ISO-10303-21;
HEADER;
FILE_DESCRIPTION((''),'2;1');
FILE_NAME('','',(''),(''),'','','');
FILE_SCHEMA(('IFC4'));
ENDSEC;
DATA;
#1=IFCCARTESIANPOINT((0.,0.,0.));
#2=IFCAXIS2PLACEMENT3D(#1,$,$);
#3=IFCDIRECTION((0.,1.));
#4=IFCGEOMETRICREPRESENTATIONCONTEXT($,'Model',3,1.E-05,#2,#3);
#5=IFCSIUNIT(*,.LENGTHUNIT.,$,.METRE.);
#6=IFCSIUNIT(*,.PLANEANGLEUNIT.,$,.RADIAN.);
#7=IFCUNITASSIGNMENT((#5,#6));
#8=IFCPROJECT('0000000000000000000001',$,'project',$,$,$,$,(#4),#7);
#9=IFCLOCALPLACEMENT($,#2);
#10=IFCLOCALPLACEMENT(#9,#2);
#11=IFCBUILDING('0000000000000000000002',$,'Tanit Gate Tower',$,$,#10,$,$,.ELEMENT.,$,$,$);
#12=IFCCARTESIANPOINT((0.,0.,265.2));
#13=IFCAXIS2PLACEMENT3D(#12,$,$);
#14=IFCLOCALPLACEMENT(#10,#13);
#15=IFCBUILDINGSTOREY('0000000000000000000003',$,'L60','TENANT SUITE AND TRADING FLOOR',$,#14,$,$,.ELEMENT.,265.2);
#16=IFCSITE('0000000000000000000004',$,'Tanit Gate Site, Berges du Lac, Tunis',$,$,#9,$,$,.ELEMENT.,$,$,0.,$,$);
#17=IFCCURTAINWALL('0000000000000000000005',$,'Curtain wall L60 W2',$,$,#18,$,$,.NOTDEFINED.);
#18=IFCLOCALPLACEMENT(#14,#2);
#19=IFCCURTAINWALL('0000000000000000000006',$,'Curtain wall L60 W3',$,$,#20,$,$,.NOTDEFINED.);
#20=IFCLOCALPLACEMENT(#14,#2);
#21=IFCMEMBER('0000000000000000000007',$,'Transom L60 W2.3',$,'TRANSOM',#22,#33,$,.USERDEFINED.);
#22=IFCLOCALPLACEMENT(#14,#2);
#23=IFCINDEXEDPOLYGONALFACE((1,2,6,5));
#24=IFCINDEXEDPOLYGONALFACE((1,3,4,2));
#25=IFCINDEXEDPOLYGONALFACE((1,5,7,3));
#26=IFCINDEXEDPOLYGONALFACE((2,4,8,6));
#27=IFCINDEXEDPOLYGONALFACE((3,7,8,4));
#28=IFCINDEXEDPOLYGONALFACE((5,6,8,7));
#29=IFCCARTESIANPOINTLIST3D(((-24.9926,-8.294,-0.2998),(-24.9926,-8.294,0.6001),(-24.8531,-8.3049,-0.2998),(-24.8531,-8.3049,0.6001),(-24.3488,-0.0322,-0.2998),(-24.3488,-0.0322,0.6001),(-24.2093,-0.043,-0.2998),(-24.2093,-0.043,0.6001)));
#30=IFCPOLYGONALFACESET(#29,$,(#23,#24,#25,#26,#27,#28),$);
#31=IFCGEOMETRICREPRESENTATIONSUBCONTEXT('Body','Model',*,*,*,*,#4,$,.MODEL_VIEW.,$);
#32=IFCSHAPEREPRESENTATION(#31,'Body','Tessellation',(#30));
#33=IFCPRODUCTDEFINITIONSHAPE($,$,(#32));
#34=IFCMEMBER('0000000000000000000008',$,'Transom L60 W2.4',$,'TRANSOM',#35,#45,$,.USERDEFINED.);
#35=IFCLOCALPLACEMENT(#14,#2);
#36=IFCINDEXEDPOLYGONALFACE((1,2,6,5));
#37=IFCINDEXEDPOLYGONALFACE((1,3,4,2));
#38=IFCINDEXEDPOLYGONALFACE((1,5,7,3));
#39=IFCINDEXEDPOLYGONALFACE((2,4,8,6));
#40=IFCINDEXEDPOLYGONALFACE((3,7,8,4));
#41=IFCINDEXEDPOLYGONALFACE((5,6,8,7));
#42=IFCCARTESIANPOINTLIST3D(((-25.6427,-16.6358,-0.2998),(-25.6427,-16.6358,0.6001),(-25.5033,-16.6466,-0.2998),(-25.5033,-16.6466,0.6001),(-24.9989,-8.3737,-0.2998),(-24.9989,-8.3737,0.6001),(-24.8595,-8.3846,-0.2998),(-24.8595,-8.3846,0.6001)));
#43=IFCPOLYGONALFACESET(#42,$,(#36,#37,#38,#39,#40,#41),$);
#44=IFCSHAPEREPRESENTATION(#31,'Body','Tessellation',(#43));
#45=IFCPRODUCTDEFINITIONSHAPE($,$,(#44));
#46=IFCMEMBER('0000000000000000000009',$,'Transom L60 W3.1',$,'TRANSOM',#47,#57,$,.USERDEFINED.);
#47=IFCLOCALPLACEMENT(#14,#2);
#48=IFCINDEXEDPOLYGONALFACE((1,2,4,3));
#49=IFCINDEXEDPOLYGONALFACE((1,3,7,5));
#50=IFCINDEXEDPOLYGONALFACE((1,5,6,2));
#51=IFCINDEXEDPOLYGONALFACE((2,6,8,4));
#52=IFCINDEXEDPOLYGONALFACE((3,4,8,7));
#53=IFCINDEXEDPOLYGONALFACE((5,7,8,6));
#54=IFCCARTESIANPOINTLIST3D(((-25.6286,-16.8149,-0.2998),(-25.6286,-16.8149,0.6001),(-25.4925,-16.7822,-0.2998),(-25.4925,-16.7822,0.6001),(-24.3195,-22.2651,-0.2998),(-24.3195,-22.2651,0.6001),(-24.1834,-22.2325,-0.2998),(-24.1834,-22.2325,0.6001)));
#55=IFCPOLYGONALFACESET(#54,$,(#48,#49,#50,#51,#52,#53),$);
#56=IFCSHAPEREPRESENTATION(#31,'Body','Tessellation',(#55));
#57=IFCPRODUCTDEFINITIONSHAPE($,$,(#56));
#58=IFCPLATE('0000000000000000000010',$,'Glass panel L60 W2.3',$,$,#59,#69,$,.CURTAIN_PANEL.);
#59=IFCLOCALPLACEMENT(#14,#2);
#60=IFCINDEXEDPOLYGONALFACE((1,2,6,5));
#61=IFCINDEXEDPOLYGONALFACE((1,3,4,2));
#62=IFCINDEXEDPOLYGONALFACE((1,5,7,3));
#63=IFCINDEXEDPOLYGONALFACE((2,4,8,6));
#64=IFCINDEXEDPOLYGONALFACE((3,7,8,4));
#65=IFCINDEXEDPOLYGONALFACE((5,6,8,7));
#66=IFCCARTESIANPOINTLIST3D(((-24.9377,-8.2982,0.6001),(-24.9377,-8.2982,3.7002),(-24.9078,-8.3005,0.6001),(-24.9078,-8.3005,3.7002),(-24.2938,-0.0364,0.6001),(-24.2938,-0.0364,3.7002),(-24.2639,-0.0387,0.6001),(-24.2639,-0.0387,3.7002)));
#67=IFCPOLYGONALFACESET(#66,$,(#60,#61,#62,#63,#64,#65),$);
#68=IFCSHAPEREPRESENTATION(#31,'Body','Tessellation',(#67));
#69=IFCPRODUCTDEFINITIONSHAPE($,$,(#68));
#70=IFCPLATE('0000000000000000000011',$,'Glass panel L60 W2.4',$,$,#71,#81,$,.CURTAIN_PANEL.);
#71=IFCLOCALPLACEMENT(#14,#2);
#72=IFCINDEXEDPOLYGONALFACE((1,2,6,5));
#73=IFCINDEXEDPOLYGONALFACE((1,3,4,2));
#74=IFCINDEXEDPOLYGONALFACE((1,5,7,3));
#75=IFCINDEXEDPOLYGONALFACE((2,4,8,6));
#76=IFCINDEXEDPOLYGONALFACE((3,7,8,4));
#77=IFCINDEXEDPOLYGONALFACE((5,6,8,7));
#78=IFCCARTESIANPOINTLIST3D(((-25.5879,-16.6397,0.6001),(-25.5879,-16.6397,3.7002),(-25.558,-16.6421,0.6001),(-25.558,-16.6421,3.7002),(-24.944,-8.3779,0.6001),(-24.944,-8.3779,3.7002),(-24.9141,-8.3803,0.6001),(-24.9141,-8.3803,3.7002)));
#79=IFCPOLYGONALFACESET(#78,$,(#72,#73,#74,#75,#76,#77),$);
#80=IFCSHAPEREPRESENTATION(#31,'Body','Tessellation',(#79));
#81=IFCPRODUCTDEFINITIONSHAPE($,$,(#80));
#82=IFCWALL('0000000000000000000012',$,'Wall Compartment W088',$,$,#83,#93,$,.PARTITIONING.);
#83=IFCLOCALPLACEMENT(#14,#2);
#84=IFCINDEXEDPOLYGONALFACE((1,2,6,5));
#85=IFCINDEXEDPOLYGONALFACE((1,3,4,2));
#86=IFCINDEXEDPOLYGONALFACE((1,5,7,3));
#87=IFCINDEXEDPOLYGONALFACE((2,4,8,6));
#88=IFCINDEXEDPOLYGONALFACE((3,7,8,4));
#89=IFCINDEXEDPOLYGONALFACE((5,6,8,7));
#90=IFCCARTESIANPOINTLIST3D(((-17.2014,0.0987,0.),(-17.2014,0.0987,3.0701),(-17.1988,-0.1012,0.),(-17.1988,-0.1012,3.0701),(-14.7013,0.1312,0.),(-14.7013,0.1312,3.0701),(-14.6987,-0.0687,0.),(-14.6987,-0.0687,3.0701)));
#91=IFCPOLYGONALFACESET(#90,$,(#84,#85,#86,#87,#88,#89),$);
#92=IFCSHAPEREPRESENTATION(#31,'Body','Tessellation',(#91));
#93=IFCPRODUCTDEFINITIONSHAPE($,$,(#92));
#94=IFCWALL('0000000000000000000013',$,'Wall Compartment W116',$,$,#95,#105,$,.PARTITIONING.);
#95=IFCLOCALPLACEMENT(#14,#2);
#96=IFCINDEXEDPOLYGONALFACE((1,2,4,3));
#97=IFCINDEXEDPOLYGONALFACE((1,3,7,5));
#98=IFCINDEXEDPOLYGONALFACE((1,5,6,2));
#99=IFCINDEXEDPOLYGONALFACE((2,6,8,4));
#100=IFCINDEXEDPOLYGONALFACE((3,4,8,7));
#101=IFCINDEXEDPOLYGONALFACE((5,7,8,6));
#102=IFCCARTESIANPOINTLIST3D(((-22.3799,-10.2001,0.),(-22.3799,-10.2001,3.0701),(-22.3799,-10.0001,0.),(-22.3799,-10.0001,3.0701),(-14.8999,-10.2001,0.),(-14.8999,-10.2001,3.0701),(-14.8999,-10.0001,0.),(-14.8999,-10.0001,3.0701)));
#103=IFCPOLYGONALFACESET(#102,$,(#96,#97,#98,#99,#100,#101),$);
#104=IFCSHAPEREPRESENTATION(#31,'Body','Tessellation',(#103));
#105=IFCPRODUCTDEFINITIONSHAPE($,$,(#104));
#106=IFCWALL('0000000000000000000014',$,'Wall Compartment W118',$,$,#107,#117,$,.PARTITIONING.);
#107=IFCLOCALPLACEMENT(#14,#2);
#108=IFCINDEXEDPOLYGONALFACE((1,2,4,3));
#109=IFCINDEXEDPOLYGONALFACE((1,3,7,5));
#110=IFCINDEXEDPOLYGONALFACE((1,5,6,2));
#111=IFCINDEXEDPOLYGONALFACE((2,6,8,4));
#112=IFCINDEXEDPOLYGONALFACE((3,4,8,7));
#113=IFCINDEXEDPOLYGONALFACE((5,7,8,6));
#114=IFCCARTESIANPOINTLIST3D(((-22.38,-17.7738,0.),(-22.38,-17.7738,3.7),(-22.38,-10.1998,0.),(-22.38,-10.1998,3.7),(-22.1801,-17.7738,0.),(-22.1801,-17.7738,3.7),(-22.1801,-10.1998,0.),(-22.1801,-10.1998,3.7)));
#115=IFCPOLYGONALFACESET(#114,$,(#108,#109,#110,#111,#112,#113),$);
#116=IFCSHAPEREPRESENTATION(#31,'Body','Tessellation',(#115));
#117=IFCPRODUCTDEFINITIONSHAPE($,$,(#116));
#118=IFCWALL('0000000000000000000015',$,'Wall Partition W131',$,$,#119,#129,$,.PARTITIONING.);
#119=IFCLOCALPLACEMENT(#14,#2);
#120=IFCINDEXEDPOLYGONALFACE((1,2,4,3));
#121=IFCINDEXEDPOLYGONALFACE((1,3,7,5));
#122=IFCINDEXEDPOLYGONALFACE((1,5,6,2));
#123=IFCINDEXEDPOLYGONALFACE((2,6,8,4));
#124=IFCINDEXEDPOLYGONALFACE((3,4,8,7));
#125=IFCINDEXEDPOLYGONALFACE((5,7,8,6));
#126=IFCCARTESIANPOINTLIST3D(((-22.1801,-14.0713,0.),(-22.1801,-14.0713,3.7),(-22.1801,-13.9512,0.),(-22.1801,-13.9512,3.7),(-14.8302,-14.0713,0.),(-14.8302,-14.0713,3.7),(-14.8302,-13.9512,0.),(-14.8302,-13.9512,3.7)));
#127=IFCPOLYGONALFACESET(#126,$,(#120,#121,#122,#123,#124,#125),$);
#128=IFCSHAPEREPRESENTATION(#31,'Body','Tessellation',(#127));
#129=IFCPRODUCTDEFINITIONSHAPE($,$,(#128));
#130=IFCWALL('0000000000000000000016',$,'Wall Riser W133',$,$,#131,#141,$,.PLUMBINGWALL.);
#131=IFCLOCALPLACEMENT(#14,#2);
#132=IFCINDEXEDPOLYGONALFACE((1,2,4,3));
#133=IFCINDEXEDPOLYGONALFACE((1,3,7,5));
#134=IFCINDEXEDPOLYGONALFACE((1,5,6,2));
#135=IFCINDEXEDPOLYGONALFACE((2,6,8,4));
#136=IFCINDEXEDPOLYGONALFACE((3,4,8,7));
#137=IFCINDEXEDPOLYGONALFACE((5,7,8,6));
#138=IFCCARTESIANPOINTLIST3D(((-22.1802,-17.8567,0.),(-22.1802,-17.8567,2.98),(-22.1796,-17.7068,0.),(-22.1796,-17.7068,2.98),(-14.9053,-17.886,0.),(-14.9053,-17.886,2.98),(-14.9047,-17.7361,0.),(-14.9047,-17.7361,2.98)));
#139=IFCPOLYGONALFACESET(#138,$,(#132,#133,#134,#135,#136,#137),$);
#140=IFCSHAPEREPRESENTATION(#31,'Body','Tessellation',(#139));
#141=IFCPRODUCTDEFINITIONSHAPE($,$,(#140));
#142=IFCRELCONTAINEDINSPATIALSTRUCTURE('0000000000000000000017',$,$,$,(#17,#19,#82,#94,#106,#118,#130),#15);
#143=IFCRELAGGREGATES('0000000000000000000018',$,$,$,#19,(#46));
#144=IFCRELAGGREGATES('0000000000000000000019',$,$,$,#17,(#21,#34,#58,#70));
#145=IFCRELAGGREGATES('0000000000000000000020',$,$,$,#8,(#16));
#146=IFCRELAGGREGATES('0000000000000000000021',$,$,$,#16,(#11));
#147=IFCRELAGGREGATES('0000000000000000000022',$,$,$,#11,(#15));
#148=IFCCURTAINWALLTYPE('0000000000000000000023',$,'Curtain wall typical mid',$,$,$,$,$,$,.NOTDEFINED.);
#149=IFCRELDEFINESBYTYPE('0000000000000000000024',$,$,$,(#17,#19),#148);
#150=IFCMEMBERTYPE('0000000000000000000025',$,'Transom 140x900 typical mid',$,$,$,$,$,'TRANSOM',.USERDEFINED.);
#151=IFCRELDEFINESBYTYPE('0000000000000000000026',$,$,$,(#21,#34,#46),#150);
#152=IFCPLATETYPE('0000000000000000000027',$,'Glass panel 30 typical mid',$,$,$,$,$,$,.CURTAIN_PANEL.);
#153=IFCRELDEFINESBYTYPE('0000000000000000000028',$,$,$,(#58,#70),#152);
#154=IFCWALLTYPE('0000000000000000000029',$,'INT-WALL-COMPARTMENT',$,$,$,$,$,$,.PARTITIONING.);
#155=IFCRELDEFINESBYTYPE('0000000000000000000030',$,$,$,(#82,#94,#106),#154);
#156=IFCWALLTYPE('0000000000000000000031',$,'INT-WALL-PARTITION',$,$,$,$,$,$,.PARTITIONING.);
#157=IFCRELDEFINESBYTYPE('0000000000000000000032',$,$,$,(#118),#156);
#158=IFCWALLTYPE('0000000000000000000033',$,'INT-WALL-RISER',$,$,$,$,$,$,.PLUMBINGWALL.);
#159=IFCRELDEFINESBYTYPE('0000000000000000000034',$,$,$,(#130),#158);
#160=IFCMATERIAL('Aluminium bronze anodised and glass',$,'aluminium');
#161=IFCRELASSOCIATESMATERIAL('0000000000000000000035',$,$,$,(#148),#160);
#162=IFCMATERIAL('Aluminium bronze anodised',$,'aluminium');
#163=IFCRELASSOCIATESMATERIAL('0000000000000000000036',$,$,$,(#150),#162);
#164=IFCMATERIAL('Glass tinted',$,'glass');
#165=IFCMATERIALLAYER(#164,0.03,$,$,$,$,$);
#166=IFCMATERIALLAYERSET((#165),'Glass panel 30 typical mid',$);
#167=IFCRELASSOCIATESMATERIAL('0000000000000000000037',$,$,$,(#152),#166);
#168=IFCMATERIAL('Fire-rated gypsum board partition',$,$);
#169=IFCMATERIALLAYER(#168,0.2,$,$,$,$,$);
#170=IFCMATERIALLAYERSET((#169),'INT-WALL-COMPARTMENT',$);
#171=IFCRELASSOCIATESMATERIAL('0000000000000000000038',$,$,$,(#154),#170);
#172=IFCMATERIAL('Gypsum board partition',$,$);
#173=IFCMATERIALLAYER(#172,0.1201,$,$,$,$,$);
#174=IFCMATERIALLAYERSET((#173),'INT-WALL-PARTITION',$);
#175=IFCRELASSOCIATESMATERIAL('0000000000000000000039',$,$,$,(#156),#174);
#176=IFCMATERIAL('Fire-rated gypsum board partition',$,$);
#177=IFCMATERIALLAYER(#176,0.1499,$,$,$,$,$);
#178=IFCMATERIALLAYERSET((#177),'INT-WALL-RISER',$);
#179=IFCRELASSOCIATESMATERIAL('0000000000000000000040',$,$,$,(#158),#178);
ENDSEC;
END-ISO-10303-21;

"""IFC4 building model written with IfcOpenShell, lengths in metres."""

from ifc_helpers import new_model, si_unit, direction, frame, frame_2d, origin, origin_2d, place, context, subcontext, project, spatial, rectangle, extrude, material, layer, layer_set, material_profile, profile_set, type_object, element, aggregate, save


model = new_model("IFC4")

# Units and contexts
model_context = context("Model", 3, precision=1e-05, world=origin(), true_north=direction((0.0, 1.0)))
body_context = subcontext(model_context, "Body", "Model", "MODEL_VIEW")
ifc_project = project(units=[si_unit("LENGTHUNIT", "METRE"), si_unit("PLANEANGLEUNIT", "RADIAN")], contexts=[model_context])

# Site, building, storey
site_placement = place(None, origin())
site = spatial("IfcSite", under=ifc_project, at=site_placement, Name="Tanit Gate Site, Berges du Lac, Tunis", CompositionType="ELEMENT", RefElevation=0.0)
building_placement = place(site_placement, origin())
building = spatial("IfcBuilding", under=site, at=building_placement, Name="Tanit Gate Tower", CompositionType="ELEMENT")
storey_placement = place(building_placement, frame((0.0, 0.0, 265.2)))
storey = spatial("IfcBuildingStorey", under=building, at=storey_placement, Name="L60", Description="TENANT SUITE AND TRADING FLOOR", CompositionType="ELEMENT", Elevation=265.2)

# Curtain wall
ifc_material_1 = material(Name="Aluminium bronze anodised and glass", Category="aluminium")
curtain_wall_type = type_object("IfcCurtainWallType", Name="Curtain wall typical mid", PredefinedType="NOTDEFINED", material=ifc_material_1)
curtain_wall_1_placement = place(storey_placement, origin())
curtain_wall_1 = element("IfcCurtainWall", 1, at=curtain_wall_1_placement, inside=storey, type_object=curtain_wall_type, Name="Curtain wall L60 W2", PredefinedType="NOTDEFINED")

# Curtain wall
curtain_wall_2_placement = place(storey_placement, origin())
curtain_wall_2 = element("IfcCurtainWall", 2, at=curtain_wall_2_placement, inside=storey, type_object=curtain_wall_type, Name="Curtain wall L60 W3", PredefinedType="NOTDEFINED")

# Members
ifc_material_2 = material(Name="Aluminium bronze anodised", Category="aluminium")
ifc_material_profile_1 = material_profile(ifc_material_2, rectangle(XDim=0.1399, YDim=0.8999, at=origin_2d()), Name="140x900 bronze transom")
ifc_profile_set_1 = profile_set([ifc_material_profile_1], Name="Aluminium bronze anodised")
member_type_1 = type_object("IfcMemberType", Name="Transom 140x900 typical mid", ElementType="TRANSOM", PredefinedType="USERDEFINED", material=ifc_profile_set_1)
member_1_placement = place(storey_placement, frame((-24.2791, -0.0376, 0.1501), z_axis=(-0.07769, -0.996978, 0.0), x_axis=(0.996978, -0.07769, 0.0)))
member_1 = element("IfcMember", 3, at=member_1_placement, type_object=member_type_1, Name="Transom L60 W2.3", ObjectType="TRANSOM", PredefinedType="USERDEFINED", context=body_context, shape_type="SweptSolid", body=[
    extrude(rectangle(XDim=0.1399, YDim=0.8999, at=origin_2d()), origin(), (0.0, 0.0, 1.0), 8.2869),
])
member_2_placement = place(storey_placement, frame((-24.9292, -8.3792, 0.1501), z_axis=(-0.077688, -0.996978, 0.0), x_axis=(0.996978, -0.077688, 0.0)))
member_2 = element("IfcMember", 4, at=member_2_placement, type_object=member_type_1, Name="Transom L60 W2.4", ObjectType="TRANSOM", PredefinedType="USERDEFINED", context=body_context, shape_type="SweptSolid", body=[
    extrude(rectangle(XDim=0.1399, YDim=0.8999, at=origin_2d()), origin(), (0.0, 0.0, 1.0), 8.2871),
])
member_3_placement = place(storey_placement, frame((-25.5605, -16.7986, 0.1501), z_axis=(0.233548, -0.972345, 0.0), x_axis=(0.972345, 0.233548, 0.0)))
member_3 = element("IfcMember", 5, at=member_3_placement, type_object=member_type_1, Name="Transom L60 W3.1", ObjectType="TRANSOM", PredefinedType="USERDEFINED", context=body_context, shape_type="SweptSolid", body=[
    extrude(rectangle(XDim=0.1399, YDim=0.8999, at=origin_2d()), origin(), (0.0, 0.0, 1.0), 5.6052),
])
aggregate(curtain_wall_2, [member_3])

# Plates
ifc_material_3 = material(Name="Glass tinted", Category="glass")
ifc_layer_1 = layer(ifc_material_3, 0.03)
ifc_layer_set_1 = layer_set([ifc_layer_1], Name="Glass panel 30 typical mid")
plate_type = type_object("IfcPlateType", Name="Glass panel 30 typical mid", PredefinedType="CURTAIN_PANEL", material=ifc_layer_set_1)
plate_1_placement = place(storey_placement, frame((-24.6008, -4.1685, 0.6001), z_axis=(0.0, 0.0, 1.0), x_axis=(-0.077701, -0.996977, 0.0)))
plate_1 = element("IfcPlate", 6, at=plate_1_placement, type_object=plate_type, Name="Glass panel L60 W2.3", PredefinedType="CURTAIN_PANEL", context=body_context, shape_type="SweptSolid", body=[
    extrude(rectangle(XDim=8.2869, YDim=0.03, at=origin_2d()), origin(), (0.0, 0.0, 1.0), 3.1001),
])
plate_2_placement = place(storey_placement, frame((-25.251, -12.51, 0.6001), z_axis=(0.0, 0.0, 1.0), x_axis=(-0.077701, -0.996977, 0.0)))
plate_2 = element("IfcPlate", 7, at=plate_2_placement, type_object=plate_type, Name="Glass panel L60 W2.4", PredefinedType="CURTAIN_PANEL", context=body_context, shape_type="SweptSolid", body=[
    extrude(rectangle(XDim=8.2869, YDim=0.03, at=origin_2d()), origin(), (0.0, 0.0, 1.0), 3.1001),
])
aggregate(curtain_wall_1, [member_1, member_2, plate_1, plate_2])

# Walls
ifc_material_4 = material(Name="Fire-rated gypsum board partition")
ifc_layer_2 = layer(ifc_material_4, 0.2)
ifc_layer_set_2 = layer_set([ifc_layer_2], Name="INT-WALL-COMPARTMENT")
wall_type_1 = type_object("IfcWallType", Name="INT-WALL-COMPARTMENT", PredefinedType="PARTITIONING", material=ifc_layer_set_2)
wall_1_placement = place(storey_placement, frame((-17.2, -0.0012, 0.0), z_axis=(0.0, 0.0, 1.0), x_axis=(0.999916, 0.012987, 0.0)))
element("IfcWall", 8, at=wall_1_placement, inside=storey, type_object=wall_type_1, Name="Wall Compartment W088", PredefinedType="PARTITIONING", context=body_context, shape_type="SweptSolid", body=[
    extrude(rectangle(XDim=2.5002, YDim=0.2, at=frame_2d((1.25, 0.0))), origin(), (0.0, 0.0, 1.0), 3.0701),
])
wall_2_placement = place(storey_placement, frame((-14.8999, -10.1001, 0.0), z_axis=(0.0, 0.0, 1.0), x_axis=(-1.0, 0.0, 0.0)))
element("IfcWall", 9, at=wall_2_placement, inside=storey, type_object=wall_type_1, Name="Wall Compartment W116", PredefinedType="PARTITIONING", context=body_context, shape_type="SweptSolid", body=[
    extrude(rectangle(XDim=7.48, YDim=0.2, at=frame_2d((3.74, 0.0))), origin(), (0.0, 0.0, 1.0), 3.0701),
])
wall_3_placement = place(storey_placement, frame((-22.28, -17.7739, 0.0), z_axis=(0.0, 0.0, 1.0), x_axis=(0.0, 1.0, 0.0)))
element("IfcWall", 10, at=wall_3_placement, inside=storey, type_object=wall_type_1, Name="Wall Compartment W118", PredefinedType="PARTITIONING", context=body_context, shape_type="SweptSolid", body=[
    extrude(rectangle(XDim=7.574, YDim=0.2, at=frame_2d((3.7871, 0.0))), origin(), (0.0, 0.0, 1.0), 3.7),
])
ifc_material_5 = material(Name="Gypsum board partition")
ifc_layer_3 = layer(ifc_material_5, 0.1201)
ifc_layer_set_3 = layer_set([ifc_layer_3], Name="INT-WALL-PARTITION")
wall_type_2 = type_object("IfcWallType", Name="INT-WALL-PARTITION", PredefinedType="PARTITIONING", material=ifc_layer_set_3)
wall_4_placement = place(storey_placement, frame((-22.1799, -14.0112, 0.0), z_axis=(0.0, 0.0, 1.0), x_axis=(1.0, 0.0, 0.0)))
element("IfcWall", 11, at=wall_4_placement, inside=storey, type_object=wall_type_2, Name="Wall Partition W131", PredefinedType="PARTITIONING", context=body_context, shape_type="SweptSolid", body=[
    extrude(rectangle(XDim=7.3499, YDim=0.1201, at=frame_2d((3.6748, 0.0))), origin(), (0.0, 0.0, 1.0), 3.7),
])
ifc_material_6 = material(Name="Fire-rated gypsum board partition")
ifc_layer_4 = layer(ifc_material_6, 0.1499)
ifc_layer_set_4 = layer_set([ifc_layer_4], Name="INT-WALL-RISER")
wall_type_3 = type_object("IfcWallType", Name="INT-WALL-RISER", PredefinedType="PLUMBINGWALL", material=ifc_layer_set_4)
wall_5_placement = place(storey_placement, frame((-14.905, -17.811, 0.0), z_axis=(0.0, 0.0, 1.0), x_axis=(-0.999992, 0.004027, 0.0)))
element("IfcWall", 12, at=wall_5_placement, inside=storey, type_object=wall_type_3, Name="Wall Riser W133", PredefinedType="PLUMBINGWALL", context=body_context, shape_type="SweptSolid", body=[
    extrude(rectangle(XDim=7.2749, YDim=0.1499, at=frame_2d((3.6375, 0.0))), origin(), (0.0, 0.0, 1.0), 2.98),
])

save(model, "model.ifc")
